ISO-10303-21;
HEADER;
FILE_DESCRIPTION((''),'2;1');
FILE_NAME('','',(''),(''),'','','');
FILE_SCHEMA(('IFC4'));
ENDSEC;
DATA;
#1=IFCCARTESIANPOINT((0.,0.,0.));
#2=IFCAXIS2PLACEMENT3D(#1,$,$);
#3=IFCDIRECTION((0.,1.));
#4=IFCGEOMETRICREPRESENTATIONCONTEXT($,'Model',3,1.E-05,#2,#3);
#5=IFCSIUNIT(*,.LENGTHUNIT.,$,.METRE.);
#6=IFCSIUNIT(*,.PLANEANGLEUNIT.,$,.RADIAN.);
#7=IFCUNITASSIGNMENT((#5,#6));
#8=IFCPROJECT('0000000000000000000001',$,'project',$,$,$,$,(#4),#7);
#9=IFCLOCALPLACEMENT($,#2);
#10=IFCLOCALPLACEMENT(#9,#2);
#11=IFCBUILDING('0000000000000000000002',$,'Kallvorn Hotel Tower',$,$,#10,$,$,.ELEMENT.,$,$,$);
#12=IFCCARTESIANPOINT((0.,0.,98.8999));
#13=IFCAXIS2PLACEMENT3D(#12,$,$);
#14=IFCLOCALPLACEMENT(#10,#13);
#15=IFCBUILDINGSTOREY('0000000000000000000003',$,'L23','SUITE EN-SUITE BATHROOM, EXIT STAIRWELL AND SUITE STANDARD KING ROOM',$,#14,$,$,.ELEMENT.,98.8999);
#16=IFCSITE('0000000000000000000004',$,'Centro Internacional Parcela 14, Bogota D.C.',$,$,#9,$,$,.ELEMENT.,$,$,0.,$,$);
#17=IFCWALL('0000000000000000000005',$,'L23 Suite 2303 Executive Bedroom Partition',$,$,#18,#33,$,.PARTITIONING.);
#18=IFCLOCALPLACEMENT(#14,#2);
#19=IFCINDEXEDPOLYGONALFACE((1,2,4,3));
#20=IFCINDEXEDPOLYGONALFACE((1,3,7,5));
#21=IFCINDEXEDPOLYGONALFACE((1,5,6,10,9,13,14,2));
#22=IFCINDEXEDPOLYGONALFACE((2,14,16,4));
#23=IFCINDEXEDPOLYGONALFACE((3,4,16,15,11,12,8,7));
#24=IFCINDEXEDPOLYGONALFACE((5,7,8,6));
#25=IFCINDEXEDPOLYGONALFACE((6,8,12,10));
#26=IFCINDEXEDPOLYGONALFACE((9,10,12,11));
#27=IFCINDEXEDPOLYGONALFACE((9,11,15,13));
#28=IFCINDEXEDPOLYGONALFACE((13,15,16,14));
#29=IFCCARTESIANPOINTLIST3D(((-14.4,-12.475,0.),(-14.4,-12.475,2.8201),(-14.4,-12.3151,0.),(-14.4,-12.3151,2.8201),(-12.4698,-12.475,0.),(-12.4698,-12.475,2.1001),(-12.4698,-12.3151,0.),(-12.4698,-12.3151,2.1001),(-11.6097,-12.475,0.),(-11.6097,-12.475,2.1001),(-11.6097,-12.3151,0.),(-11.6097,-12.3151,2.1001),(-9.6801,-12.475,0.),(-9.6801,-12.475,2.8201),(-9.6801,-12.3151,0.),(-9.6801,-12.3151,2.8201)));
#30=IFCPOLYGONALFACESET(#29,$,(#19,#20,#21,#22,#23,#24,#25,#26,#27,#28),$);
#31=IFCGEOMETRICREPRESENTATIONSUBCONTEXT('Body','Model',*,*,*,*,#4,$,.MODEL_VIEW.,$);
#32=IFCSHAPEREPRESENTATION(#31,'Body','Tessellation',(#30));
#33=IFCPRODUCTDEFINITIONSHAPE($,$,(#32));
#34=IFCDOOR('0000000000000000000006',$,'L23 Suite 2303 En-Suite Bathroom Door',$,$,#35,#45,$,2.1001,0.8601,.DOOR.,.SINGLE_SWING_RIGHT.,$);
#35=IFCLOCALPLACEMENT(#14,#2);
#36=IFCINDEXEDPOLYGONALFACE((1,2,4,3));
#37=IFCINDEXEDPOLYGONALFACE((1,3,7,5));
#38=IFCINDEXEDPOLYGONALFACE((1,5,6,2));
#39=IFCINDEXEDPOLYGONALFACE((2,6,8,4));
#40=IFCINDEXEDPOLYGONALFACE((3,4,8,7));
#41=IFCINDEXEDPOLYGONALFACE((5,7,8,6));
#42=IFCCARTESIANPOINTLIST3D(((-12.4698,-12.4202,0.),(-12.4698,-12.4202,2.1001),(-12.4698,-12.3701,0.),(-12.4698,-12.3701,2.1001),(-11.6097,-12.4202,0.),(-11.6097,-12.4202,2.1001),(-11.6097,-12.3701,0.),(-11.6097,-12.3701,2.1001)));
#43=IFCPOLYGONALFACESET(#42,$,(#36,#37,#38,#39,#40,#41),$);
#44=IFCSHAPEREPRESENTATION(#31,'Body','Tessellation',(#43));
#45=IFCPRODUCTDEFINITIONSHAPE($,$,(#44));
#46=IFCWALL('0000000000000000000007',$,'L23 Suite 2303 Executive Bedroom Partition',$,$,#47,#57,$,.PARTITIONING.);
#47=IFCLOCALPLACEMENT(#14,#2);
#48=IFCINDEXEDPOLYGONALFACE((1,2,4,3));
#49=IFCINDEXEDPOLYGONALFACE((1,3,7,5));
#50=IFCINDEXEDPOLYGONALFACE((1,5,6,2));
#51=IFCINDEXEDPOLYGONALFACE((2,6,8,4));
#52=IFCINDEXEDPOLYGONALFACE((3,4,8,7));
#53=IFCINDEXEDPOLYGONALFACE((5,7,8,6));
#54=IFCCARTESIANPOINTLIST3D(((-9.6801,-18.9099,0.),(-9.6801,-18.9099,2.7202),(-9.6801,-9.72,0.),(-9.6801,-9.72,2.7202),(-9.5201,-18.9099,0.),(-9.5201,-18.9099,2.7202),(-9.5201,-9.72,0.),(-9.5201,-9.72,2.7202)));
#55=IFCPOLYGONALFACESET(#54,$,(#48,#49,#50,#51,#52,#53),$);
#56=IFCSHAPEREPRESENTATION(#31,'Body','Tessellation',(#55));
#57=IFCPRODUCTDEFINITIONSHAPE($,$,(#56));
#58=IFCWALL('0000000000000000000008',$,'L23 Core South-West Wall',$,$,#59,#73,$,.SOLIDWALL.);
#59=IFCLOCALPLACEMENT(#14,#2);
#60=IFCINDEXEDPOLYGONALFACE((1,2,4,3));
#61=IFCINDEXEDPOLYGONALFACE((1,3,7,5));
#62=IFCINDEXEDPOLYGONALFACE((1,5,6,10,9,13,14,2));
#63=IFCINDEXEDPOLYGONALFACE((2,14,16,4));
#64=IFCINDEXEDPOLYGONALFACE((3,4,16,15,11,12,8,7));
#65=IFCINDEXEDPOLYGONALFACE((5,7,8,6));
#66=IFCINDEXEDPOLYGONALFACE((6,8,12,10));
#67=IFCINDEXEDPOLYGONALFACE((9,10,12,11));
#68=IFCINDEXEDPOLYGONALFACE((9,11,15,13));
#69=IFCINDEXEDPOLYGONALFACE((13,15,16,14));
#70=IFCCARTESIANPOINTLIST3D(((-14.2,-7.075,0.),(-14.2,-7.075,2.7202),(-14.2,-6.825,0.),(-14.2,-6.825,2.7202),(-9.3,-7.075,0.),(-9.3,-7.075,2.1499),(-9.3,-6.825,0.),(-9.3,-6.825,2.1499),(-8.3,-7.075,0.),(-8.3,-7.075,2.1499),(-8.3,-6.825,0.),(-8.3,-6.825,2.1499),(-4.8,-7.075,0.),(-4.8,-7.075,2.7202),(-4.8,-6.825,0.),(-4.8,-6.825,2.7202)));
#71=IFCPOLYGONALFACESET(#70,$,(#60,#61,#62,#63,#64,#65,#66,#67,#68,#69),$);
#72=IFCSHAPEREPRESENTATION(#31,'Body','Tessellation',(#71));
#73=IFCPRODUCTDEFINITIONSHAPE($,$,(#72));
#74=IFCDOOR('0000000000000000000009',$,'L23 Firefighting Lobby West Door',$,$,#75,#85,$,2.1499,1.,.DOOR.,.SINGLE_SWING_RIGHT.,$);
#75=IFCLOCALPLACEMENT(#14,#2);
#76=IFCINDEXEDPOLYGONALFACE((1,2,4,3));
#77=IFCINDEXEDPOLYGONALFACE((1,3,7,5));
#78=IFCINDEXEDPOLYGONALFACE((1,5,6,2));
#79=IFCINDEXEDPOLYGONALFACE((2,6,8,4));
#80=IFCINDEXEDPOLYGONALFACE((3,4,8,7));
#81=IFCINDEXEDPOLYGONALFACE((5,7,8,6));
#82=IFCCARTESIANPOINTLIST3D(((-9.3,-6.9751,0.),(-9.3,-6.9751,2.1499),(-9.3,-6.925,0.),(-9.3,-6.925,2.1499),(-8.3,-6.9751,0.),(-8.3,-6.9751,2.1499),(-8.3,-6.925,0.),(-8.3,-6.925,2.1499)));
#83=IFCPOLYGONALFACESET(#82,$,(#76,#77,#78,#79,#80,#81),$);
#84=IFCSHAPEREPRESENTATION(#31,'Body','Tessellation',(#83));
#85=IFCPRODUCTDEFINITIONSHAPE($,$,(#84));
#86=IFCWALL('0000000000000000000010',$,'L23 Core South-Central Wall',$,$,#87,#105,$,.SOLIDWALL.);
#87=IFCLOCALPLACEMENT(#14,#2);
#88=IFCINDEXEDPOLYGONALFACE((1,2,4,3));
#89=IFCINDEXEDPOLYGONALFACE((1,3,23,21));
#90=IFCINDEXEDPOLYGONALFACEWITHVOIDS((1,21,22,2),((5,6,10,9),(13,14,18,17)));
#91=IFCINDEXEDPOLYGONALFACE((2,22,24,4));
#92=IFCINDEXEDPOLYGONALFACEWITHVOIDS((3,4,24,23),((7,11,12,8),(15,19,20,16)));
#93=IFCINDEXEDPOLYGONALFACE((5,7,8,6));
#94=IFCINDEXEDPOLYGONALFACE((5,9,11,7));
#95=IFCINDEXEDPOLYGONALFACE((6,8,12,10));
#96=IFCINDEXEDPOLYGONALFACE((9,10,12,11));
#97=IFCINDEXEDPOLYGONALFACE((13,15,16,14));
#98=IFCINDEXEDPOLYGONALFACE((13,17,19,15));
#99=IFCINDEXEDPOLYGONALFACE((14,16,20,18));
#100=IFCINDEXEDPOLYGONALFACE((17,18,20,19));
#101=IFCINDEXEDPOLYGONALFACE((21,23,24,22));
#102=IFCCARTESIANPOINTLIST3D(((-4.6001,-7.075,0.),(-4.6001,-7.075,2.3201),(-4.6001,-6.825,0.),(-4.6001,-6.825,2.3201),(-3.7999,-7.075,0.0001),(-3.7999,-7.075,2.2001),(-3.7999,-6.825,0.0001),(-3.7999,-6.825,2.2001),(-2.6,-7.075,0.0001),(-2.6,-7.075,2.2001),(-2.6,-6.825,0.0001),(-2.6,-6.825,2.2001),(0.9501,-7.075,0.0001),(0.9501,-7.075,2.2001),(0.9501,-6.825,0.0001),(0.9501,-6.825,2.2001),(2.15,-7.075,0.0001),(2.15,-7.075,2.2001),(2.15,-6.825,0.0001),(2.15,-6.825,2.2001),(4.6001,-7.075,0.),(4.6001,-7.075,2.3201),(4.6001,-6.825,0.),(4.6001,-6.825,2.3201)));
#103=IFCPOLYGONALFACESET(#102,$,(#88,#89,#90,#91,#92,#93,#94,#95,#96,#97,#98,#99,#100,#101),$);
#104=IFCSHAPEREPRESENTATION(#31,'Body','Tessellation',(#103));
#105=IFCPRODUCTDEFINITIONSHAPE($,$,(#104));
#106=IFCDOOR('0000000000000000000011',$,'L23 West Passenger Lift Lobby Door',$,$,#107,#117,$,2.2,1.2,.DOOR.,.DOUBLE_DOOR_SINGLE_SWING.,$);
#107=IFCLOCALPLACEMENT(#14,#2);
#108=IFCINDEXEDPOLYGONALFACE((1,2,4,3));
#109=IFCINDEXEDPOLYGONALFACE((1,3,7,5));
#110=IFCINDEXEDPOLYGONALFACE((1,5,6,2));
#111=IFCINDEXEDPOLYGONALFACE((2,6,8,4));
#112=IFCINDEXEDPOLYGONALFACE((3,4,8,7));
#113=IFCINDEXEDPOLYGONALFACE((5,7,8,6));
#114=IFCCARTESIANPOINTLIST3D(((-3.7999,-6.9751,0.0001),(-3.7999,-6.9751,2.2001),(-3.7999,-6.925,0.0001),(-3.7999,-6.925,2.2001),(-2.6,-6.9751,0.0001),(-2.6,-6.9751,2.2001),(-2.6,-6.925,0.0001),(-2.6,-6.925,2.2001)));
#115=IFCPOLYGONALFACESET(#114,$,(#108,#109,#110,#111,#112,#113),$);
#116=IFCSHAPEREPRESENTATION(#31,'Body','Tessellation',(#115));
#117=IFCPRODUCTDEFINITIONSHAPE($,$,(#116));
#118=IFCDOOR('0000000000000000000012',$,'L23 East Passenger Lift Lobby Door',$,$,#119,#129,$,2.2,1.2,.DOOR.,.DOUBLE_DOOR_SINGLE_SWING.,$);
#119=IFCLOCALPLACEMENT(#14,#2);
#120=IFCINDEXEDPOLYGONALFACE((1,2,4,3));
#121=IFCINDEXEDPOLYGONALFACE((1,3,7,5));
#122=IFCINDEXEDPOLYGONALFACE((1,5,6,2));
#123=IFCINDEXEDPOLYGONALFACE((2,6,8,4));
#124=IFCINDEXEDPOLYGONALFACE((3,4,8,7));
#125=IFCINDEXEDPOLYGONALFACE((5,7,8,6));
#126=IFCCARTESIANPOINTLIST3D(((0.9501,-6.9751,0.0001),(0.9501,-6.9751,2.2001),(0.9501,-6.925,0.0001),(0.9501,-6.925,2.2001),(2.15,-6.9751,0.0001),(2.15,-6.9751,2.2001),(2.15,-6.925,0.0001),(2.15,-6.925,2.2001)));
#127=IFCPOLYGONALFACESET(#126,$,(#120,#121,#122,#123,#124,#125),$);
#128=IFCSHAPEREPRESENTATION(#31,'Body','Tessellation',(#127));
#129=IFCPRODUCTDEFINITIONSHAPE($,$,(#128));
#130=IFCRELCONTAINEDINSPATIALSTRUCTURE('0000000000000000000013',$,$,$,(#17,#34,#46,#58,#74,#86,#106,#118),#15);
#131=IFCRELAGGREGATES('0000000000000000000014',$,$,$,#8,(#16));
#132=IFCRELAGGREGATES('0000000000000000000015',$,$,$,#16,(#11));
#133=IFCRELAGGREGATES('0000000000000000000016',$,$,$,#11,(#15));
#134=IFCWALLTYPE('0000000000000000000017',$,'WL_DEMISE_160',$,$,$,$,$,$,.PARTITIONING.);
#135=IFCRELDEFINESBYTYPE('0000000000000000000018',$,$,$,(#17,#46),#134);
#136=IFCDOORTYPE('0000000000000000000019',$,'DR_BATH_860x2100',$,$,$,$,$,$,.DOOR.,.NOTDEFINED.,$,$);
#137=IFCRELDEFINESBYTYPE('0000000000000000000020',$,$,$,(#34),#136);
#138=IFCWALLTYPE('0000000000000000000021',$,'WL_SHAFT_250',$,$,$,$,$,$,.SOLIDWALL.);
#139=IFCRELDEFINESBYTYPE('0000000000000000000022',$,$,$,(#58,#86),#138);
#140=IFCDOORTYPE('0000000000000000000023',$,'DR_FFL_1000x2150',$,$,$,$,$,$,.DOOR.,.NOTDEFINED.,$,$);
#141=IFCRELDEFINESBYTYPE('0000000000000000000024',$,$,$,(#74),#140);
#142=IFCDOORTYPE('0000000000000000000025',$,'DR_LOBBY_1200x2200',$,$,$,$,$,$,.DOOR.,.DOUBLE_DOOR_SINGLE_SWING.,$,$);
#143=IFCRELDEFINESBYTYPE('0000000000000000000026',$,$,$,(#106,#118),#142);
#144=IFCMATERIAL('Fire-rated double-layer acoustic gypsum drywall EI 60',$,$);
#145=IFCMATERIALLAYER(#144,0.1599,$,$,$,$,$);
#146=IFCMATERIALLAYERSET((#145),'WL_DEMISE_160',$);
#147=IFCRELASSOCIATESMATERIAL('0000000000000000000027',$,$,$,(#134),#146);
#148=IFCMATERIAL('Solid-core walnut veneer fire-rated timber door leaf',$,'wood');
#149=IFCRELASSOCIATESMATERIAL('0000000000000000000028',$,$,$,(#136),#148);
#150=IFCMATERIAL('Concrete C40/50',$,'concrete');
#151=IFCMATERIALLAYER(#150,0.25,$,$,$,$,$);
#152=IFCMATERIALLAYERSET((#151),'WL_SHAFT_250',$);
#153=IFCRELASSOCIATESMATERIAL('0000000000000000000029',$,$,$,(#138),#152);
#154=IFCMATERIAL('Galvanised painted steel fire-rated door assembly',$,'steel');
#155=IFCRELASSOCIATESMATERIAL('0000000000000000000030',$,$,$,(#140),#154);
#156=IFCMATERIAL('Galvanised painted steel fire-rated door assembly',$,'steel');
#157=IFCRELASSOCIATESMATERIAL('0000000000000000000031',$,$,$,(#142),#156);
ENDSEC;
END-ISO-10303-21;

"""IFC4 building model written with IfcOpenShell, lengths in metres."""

from ifc_helpers import new_model, si_unit, direction, frame, frame_2d, origin, place, context, subcontext, project, spatial, rectangle, extrude, material, layer, layer_set, type_object, element, fill, save


model = new_model("IFC4")

# Units and contexts
model_context = context("Model", 3, precision=1e-05, world=origin(), true_north=direction((0.0, 1.0)))
body_context = subcontext(model_context, "Body", "Model", "MODEL_VIEW")
ifc_project = project(units=[si_unit("LENGTHUNIT", "METRE"), si_unit("PLANEANGLEUNIT", "RADIAN")], contexts=[model_context])

# Site, building, storey
site_placement = place(None, origin())
site = spatial("IfcSite", under=ifc_project, at=site_placement, Name="Centro Internacional Parcela 14, Bogota D.C.", CompositionType="ELEMENT", RefElevation=0.0)
building_placement = place(site_placement, origin())
building = spatial("IfcBuilding", under=site, at=building_placement, Name="Kallvorn Hotel Tower", CompositionType="ELEMENT")
storey_placement = place(building_placement, frame((0.0, 0.0, 98.8999)))
storey = spatial("IfcBuildingStorey", under=building, at=storey_placement, Name="L23", Description="SUITE EN-SUITE BATHROOM, EXIT STAIRWELL AND SUITE STANDARD KING ROOM", CompositionType="ELEMENT", Elevation=98.8999)

# Wall, opening, door
ifc_material_1 = material(Name="Fire-rated double-layer acoustic gypsum drywall EI 60")
ifc_layer_1 = layer(ifc_material_1, 0.1599)
ifc_layer_set_1 = layer_set([ifc_layer_1], Name="WL_DEMISE_160")
wall_type_1 = type_object("IfcWallType", Name="WL_DEMISE_160", PredefinedType="PARTITIONING", material=ifc_layer_set_1)
wall_1_placement = place(storey_placement, frame((-14.3999, -12.395, 0.0), z_axis=(0.0, 0.0, 1.0), x_axis=(1.0, 0.0, 0.0)))
wall_1 = element("IfcWall", 1, at=wall_1_placement, inside=storey, type_object=wall_type_1, Name="L23 Suite 2303 Executive Bedroom Partition", PredefinedType="PARTITIONING", context=body_context, shape_type="SweptSolid", body=[
    extrude(rectangle(XDim=4.72, YDim=0.1599, at=frame_2d((2.3599, 0.0))), origin(), (0.0, 0.0, 1.0), 2.8201),
])
opening_1_placement = place(wall_1_placement, frame((1.9299, 0.0, 0.0)))
opening_1 = element("IfcOpeningElement", 2, at=opening_1_placement, cuts=wall_1, PredefinedType="OPENING", context=body_context, shape_type="SweptSolid", body=[
    extrude(rectangle(XDim=0.8601, YDim=2.1001, at=frame_2d((0.4302, 1.05))), frame((0.0, 0.095, 0.0), z_axis=(0.0, -1.0, 0.0), x_axis=(1.0, 0.0, 0.0)), (0.0, 0.0, 1.0), 0.1899),
])
ifc_material_2 = material(Name="Solid-core walnut veneer fire-rated timber door leaf", Category="wood")
door_type_1 = type_object("IfcDoorType", Name="DR_BATH_860x2100", OperationType="NOTDEFINED", PredefinedType="DOOR", material=ifc_material_2)
door_1_placement = place(opening_1_placement, origin())
door_1 = element("IfcDoor", 3, at=door_1_placement, inside=storey, type_object=door_type_1, Name="L23 Suite 2303 En-Suite Bathroom Door", OperationType="SINGLE_SWING_RIGHT", OverallHeight=2.1001, OverallWidth=0.8601, PredefinedType="DOOR", context=body_context, shape_type="SweptSolid", body=[
    extrude(rectangle(XDim=0.8601, YDim=2.1001, at=frame_2d((0.4302, 1.05))), frame((0.0, 0.0249, 0.0), z_axis=(0.0, -1.0, 0.0), x_axis=(1.0, 0.0, 0.0)), (0.0, 0.0, 1.0), 0.05),
])
fill(opening_1, door_1)

# Wall
wall_2_placement = place(storey_placement, frame((-9.6001, -18.9099, 0.0), z_axis=(0.0, 0.0, 1.0), x_axis=(0.0, 1.0, 0.0)))
element("IfcWall", 4, at=wall_2_placement, inside=storey, type_object=wall_type_1, Name="L23 Suite 2303 Executive Bedroom Partition", PredefinedType="PARTITIONING", context=body_context, shape_type="SweptSolid", body=[
    extrude(rectangle(XDim=9.1899, YDim=0.1599, at=frame_2d((4.595, 0.0))), origin(), (0.0, 0.0, 1.0), 2.7202),
])

# Wall, opening, door
ifc_material_3 = material(Name="Concrete C40/50", Category="concrete")
ifc_layer_2 = layer(ifc_material_3, 0.25)
ifc_layer_set_2 = layer_set([ifc_layer_2], Name="WL_SHAFT_250")
wall_type_2 = type_object("IfcWallType", Name="WL_SHAFT_250", PredefinedType="SOLIDWALL", material=ifc_layer_set_2)
wall_3_placement = place(storey_placement, frame((-14.2, -6.95, 0.0), z_axis=(0.0, 0.0, 1.0), x_axis=(1.0, 0.0, 0.0)))
wall_3 = element("IfcWall", 5, at=wall_3_placement, inside=storey, type_object=wall_type_2, Name="L23 Core South-West Wall", PredefinedType="SOLIDWALL", context=body_context, shape_type="SweptSolid", body=[
    extrude(rectangle(XDim=9.3999, YDim=0.25, at=frame_2d((4.7, 0.0))), origin(), (0.0, 0.0, 1.0), 2.7202),
])
opening_2_placement = place(wall_3_placement, frame((4.8999, 0.0, 0.0)))
opening_2 = element("IfcOpeningElement", 6, at=opening_2_placement, cuts=wall_3, PredefinedType="OPENING", context=body_context, shape_type="SweptSolid", body=[
    extrude(rectangle(XDim=1.0, YDim=2.1499, at=frame_2d((0.5, 1.075))), frame((0.0, 0.1399, 0.0), z_axis=(0.0, -1.0, 0.0), x_axis=(1.0, 0.0, 0.0)), (0.0, 0.0, 1.0), 0.28),
])
ifc_material_4 = material(Name="Galvanised painted steel fire-rated door assembly", Category="steel")
door_type_2 = type_object("IfcDoorType", Name="DR_FFL_1000x2150", OperationType="NOTDEFINED", PredefinedType="DOOR", material=ifc_material_4)
door_2_placement = place(opening_2_placement, origin())
door_2 = element("IfcDoor", 7, at=door_2_placement, inside=storey, type_object=door_type_2, Name="L23 Firefighting Lobby West Door", OperationType="SINGLE_SWING_RIGHT", OverallHeight=2.1499, OverallWidth=1.0, PredefinedType="DOOR", context=body_context, shape_type="SweptSolid", body=[
    extrude(rectangle(XDim=1.0, YDim=2.1499, at=frame_2d((0.5, 1.075))), frame((0.0, 0.0249, 0.0), z_axis=(0.0, -1.0, 0.0), x_axis=(1.0, 0.0, 0.0)), (0.0, 0.0, 1.0), 0.05),
])
fill(opening_2, door_2)

# Wall, openings, doors
wall_4_placement = place(storey_placement, frame((-4.6001, -6.95, 0.0), z_axis=(0.0, 0.0, 1.0), x_axis=(1.0, 0.0, 0.0)))
wall_4 = element("IfcWall", 8, at=wall_4_placement, inside=storey, type_object=wall_type_2, Name="L23 Core South-Central Wall", PredefinedType="SOLIDWALL", context=body_context, shape_type="SweptSolid", body=[
    extrude(rectangle(XDim=9.2002, YDim=0.25, at=frame_2d((4.6001, 0.0))), origin(), (0.0, 0.0, 1.0), 2.3201),
])
opening_3_placement = place(wall_4_placement, frame((0.8, 0.0, 0.0)))
opening_3 = element("IfcOpeningElement", 9, at=opening_3_placement, cuts=wall_4, PredefinedType="OPENING", context=body_context, shape_type="SweptSolid", body=[
    extrude(rectangle(XDim=1.2, YDim=2.2, at=frame_2d((0.6001, 1.1001))), frame((0.0, 0.1399, 0.0), z_axis=(0.0, -1.0, 0.0), x_axis=(1.0, 0.0, 0.0)), (0.0, 0.0, 1.0), 0.28),
])
opening_4_placement = place(wall_4_placement, frame((5.55, 0.0, 0.0)))
opening_4 = element("IfcOpeningElement", 10, at=opening_4_placement, cuts=wall_4, PredefinedType="OPENING", context=body_context, shape_type="SweptSolid", body=[
    extrude(rectangle(XDim=1.2, YDim=2.2, at=frame_2d((0.6001, 1.1001))), frame((0.0, 0.1399, 0.0), z_axis=(0.0, -1.0, 0.0), x_axis=(1.0, 0.0, 0.0)), (0.0, 0.0, 1.0), 0.28),
])
ifc_material_5 = material(Name="Galvanised painted steel fire-rated door assembly", Category="steel")
door_type_3 = type_object("IfcDoorType", Name="DR_LOBBY_1200x2200", OperationType="DOUBLE_DOOR_SINGLE_SWING", PredefinedType="DOOR", material=ifc_material_5)
door_3_placement = place(opening_3_placement, origin())
door_3 = element("IfcDoor", 11, at=door_3_placement, inside=storey, type_object=door_type_3, Name="L23 West Passenger Lift Lobby Door", OperationType="DOUBLE_DOOR_SINGLE_SWING", OverallHeight=2.2, OverallWidth=1.2, PredefinedType="DOOR", context=body_context, shape_type="SweptSolid", body=[
    extrude(rectangle(XDim=1.2, YDim=2.2, at=frame_2d((0.6001, 1.1001))), frame((0.0, 0.0249, 0.0), z_axis=(0.0, -1.0, 0.0), x_axis=(1.0, 0.0, 0.0)), (0.0, 0.0, 1.0), 0.05),
])
fill(opening_3, door_3)
door_4_placement = place(opening_4_placement, origin())
door_4 = element("IfcDoor", 12, at=door_4_placement, inside=storey, type_object=door_type_3, Name="L23 East Passenger Lift Lobby Door", OperationType="DOUBLE_DOOR_SINGLE_SWING", OverallHeight=2.2, OverallWidth=1.2, PredefinedType="DOOR", context=body_context, shape_type="SweptSolid", body=[
    extrude(rectangle(XDim=1.2, YDim=2.2, at=frame_2d((0.6001, 1.1001))), frame((0.0, 0.0249, 0.0), z_axis=(0.0, -1.0, 0.0), x_axis=(1.0, 0.0, 0.0)), (0.0, 0.0, 1.0), 0.05),
])
fill(opening_4, door_4)

save(model, "model.ifc")
